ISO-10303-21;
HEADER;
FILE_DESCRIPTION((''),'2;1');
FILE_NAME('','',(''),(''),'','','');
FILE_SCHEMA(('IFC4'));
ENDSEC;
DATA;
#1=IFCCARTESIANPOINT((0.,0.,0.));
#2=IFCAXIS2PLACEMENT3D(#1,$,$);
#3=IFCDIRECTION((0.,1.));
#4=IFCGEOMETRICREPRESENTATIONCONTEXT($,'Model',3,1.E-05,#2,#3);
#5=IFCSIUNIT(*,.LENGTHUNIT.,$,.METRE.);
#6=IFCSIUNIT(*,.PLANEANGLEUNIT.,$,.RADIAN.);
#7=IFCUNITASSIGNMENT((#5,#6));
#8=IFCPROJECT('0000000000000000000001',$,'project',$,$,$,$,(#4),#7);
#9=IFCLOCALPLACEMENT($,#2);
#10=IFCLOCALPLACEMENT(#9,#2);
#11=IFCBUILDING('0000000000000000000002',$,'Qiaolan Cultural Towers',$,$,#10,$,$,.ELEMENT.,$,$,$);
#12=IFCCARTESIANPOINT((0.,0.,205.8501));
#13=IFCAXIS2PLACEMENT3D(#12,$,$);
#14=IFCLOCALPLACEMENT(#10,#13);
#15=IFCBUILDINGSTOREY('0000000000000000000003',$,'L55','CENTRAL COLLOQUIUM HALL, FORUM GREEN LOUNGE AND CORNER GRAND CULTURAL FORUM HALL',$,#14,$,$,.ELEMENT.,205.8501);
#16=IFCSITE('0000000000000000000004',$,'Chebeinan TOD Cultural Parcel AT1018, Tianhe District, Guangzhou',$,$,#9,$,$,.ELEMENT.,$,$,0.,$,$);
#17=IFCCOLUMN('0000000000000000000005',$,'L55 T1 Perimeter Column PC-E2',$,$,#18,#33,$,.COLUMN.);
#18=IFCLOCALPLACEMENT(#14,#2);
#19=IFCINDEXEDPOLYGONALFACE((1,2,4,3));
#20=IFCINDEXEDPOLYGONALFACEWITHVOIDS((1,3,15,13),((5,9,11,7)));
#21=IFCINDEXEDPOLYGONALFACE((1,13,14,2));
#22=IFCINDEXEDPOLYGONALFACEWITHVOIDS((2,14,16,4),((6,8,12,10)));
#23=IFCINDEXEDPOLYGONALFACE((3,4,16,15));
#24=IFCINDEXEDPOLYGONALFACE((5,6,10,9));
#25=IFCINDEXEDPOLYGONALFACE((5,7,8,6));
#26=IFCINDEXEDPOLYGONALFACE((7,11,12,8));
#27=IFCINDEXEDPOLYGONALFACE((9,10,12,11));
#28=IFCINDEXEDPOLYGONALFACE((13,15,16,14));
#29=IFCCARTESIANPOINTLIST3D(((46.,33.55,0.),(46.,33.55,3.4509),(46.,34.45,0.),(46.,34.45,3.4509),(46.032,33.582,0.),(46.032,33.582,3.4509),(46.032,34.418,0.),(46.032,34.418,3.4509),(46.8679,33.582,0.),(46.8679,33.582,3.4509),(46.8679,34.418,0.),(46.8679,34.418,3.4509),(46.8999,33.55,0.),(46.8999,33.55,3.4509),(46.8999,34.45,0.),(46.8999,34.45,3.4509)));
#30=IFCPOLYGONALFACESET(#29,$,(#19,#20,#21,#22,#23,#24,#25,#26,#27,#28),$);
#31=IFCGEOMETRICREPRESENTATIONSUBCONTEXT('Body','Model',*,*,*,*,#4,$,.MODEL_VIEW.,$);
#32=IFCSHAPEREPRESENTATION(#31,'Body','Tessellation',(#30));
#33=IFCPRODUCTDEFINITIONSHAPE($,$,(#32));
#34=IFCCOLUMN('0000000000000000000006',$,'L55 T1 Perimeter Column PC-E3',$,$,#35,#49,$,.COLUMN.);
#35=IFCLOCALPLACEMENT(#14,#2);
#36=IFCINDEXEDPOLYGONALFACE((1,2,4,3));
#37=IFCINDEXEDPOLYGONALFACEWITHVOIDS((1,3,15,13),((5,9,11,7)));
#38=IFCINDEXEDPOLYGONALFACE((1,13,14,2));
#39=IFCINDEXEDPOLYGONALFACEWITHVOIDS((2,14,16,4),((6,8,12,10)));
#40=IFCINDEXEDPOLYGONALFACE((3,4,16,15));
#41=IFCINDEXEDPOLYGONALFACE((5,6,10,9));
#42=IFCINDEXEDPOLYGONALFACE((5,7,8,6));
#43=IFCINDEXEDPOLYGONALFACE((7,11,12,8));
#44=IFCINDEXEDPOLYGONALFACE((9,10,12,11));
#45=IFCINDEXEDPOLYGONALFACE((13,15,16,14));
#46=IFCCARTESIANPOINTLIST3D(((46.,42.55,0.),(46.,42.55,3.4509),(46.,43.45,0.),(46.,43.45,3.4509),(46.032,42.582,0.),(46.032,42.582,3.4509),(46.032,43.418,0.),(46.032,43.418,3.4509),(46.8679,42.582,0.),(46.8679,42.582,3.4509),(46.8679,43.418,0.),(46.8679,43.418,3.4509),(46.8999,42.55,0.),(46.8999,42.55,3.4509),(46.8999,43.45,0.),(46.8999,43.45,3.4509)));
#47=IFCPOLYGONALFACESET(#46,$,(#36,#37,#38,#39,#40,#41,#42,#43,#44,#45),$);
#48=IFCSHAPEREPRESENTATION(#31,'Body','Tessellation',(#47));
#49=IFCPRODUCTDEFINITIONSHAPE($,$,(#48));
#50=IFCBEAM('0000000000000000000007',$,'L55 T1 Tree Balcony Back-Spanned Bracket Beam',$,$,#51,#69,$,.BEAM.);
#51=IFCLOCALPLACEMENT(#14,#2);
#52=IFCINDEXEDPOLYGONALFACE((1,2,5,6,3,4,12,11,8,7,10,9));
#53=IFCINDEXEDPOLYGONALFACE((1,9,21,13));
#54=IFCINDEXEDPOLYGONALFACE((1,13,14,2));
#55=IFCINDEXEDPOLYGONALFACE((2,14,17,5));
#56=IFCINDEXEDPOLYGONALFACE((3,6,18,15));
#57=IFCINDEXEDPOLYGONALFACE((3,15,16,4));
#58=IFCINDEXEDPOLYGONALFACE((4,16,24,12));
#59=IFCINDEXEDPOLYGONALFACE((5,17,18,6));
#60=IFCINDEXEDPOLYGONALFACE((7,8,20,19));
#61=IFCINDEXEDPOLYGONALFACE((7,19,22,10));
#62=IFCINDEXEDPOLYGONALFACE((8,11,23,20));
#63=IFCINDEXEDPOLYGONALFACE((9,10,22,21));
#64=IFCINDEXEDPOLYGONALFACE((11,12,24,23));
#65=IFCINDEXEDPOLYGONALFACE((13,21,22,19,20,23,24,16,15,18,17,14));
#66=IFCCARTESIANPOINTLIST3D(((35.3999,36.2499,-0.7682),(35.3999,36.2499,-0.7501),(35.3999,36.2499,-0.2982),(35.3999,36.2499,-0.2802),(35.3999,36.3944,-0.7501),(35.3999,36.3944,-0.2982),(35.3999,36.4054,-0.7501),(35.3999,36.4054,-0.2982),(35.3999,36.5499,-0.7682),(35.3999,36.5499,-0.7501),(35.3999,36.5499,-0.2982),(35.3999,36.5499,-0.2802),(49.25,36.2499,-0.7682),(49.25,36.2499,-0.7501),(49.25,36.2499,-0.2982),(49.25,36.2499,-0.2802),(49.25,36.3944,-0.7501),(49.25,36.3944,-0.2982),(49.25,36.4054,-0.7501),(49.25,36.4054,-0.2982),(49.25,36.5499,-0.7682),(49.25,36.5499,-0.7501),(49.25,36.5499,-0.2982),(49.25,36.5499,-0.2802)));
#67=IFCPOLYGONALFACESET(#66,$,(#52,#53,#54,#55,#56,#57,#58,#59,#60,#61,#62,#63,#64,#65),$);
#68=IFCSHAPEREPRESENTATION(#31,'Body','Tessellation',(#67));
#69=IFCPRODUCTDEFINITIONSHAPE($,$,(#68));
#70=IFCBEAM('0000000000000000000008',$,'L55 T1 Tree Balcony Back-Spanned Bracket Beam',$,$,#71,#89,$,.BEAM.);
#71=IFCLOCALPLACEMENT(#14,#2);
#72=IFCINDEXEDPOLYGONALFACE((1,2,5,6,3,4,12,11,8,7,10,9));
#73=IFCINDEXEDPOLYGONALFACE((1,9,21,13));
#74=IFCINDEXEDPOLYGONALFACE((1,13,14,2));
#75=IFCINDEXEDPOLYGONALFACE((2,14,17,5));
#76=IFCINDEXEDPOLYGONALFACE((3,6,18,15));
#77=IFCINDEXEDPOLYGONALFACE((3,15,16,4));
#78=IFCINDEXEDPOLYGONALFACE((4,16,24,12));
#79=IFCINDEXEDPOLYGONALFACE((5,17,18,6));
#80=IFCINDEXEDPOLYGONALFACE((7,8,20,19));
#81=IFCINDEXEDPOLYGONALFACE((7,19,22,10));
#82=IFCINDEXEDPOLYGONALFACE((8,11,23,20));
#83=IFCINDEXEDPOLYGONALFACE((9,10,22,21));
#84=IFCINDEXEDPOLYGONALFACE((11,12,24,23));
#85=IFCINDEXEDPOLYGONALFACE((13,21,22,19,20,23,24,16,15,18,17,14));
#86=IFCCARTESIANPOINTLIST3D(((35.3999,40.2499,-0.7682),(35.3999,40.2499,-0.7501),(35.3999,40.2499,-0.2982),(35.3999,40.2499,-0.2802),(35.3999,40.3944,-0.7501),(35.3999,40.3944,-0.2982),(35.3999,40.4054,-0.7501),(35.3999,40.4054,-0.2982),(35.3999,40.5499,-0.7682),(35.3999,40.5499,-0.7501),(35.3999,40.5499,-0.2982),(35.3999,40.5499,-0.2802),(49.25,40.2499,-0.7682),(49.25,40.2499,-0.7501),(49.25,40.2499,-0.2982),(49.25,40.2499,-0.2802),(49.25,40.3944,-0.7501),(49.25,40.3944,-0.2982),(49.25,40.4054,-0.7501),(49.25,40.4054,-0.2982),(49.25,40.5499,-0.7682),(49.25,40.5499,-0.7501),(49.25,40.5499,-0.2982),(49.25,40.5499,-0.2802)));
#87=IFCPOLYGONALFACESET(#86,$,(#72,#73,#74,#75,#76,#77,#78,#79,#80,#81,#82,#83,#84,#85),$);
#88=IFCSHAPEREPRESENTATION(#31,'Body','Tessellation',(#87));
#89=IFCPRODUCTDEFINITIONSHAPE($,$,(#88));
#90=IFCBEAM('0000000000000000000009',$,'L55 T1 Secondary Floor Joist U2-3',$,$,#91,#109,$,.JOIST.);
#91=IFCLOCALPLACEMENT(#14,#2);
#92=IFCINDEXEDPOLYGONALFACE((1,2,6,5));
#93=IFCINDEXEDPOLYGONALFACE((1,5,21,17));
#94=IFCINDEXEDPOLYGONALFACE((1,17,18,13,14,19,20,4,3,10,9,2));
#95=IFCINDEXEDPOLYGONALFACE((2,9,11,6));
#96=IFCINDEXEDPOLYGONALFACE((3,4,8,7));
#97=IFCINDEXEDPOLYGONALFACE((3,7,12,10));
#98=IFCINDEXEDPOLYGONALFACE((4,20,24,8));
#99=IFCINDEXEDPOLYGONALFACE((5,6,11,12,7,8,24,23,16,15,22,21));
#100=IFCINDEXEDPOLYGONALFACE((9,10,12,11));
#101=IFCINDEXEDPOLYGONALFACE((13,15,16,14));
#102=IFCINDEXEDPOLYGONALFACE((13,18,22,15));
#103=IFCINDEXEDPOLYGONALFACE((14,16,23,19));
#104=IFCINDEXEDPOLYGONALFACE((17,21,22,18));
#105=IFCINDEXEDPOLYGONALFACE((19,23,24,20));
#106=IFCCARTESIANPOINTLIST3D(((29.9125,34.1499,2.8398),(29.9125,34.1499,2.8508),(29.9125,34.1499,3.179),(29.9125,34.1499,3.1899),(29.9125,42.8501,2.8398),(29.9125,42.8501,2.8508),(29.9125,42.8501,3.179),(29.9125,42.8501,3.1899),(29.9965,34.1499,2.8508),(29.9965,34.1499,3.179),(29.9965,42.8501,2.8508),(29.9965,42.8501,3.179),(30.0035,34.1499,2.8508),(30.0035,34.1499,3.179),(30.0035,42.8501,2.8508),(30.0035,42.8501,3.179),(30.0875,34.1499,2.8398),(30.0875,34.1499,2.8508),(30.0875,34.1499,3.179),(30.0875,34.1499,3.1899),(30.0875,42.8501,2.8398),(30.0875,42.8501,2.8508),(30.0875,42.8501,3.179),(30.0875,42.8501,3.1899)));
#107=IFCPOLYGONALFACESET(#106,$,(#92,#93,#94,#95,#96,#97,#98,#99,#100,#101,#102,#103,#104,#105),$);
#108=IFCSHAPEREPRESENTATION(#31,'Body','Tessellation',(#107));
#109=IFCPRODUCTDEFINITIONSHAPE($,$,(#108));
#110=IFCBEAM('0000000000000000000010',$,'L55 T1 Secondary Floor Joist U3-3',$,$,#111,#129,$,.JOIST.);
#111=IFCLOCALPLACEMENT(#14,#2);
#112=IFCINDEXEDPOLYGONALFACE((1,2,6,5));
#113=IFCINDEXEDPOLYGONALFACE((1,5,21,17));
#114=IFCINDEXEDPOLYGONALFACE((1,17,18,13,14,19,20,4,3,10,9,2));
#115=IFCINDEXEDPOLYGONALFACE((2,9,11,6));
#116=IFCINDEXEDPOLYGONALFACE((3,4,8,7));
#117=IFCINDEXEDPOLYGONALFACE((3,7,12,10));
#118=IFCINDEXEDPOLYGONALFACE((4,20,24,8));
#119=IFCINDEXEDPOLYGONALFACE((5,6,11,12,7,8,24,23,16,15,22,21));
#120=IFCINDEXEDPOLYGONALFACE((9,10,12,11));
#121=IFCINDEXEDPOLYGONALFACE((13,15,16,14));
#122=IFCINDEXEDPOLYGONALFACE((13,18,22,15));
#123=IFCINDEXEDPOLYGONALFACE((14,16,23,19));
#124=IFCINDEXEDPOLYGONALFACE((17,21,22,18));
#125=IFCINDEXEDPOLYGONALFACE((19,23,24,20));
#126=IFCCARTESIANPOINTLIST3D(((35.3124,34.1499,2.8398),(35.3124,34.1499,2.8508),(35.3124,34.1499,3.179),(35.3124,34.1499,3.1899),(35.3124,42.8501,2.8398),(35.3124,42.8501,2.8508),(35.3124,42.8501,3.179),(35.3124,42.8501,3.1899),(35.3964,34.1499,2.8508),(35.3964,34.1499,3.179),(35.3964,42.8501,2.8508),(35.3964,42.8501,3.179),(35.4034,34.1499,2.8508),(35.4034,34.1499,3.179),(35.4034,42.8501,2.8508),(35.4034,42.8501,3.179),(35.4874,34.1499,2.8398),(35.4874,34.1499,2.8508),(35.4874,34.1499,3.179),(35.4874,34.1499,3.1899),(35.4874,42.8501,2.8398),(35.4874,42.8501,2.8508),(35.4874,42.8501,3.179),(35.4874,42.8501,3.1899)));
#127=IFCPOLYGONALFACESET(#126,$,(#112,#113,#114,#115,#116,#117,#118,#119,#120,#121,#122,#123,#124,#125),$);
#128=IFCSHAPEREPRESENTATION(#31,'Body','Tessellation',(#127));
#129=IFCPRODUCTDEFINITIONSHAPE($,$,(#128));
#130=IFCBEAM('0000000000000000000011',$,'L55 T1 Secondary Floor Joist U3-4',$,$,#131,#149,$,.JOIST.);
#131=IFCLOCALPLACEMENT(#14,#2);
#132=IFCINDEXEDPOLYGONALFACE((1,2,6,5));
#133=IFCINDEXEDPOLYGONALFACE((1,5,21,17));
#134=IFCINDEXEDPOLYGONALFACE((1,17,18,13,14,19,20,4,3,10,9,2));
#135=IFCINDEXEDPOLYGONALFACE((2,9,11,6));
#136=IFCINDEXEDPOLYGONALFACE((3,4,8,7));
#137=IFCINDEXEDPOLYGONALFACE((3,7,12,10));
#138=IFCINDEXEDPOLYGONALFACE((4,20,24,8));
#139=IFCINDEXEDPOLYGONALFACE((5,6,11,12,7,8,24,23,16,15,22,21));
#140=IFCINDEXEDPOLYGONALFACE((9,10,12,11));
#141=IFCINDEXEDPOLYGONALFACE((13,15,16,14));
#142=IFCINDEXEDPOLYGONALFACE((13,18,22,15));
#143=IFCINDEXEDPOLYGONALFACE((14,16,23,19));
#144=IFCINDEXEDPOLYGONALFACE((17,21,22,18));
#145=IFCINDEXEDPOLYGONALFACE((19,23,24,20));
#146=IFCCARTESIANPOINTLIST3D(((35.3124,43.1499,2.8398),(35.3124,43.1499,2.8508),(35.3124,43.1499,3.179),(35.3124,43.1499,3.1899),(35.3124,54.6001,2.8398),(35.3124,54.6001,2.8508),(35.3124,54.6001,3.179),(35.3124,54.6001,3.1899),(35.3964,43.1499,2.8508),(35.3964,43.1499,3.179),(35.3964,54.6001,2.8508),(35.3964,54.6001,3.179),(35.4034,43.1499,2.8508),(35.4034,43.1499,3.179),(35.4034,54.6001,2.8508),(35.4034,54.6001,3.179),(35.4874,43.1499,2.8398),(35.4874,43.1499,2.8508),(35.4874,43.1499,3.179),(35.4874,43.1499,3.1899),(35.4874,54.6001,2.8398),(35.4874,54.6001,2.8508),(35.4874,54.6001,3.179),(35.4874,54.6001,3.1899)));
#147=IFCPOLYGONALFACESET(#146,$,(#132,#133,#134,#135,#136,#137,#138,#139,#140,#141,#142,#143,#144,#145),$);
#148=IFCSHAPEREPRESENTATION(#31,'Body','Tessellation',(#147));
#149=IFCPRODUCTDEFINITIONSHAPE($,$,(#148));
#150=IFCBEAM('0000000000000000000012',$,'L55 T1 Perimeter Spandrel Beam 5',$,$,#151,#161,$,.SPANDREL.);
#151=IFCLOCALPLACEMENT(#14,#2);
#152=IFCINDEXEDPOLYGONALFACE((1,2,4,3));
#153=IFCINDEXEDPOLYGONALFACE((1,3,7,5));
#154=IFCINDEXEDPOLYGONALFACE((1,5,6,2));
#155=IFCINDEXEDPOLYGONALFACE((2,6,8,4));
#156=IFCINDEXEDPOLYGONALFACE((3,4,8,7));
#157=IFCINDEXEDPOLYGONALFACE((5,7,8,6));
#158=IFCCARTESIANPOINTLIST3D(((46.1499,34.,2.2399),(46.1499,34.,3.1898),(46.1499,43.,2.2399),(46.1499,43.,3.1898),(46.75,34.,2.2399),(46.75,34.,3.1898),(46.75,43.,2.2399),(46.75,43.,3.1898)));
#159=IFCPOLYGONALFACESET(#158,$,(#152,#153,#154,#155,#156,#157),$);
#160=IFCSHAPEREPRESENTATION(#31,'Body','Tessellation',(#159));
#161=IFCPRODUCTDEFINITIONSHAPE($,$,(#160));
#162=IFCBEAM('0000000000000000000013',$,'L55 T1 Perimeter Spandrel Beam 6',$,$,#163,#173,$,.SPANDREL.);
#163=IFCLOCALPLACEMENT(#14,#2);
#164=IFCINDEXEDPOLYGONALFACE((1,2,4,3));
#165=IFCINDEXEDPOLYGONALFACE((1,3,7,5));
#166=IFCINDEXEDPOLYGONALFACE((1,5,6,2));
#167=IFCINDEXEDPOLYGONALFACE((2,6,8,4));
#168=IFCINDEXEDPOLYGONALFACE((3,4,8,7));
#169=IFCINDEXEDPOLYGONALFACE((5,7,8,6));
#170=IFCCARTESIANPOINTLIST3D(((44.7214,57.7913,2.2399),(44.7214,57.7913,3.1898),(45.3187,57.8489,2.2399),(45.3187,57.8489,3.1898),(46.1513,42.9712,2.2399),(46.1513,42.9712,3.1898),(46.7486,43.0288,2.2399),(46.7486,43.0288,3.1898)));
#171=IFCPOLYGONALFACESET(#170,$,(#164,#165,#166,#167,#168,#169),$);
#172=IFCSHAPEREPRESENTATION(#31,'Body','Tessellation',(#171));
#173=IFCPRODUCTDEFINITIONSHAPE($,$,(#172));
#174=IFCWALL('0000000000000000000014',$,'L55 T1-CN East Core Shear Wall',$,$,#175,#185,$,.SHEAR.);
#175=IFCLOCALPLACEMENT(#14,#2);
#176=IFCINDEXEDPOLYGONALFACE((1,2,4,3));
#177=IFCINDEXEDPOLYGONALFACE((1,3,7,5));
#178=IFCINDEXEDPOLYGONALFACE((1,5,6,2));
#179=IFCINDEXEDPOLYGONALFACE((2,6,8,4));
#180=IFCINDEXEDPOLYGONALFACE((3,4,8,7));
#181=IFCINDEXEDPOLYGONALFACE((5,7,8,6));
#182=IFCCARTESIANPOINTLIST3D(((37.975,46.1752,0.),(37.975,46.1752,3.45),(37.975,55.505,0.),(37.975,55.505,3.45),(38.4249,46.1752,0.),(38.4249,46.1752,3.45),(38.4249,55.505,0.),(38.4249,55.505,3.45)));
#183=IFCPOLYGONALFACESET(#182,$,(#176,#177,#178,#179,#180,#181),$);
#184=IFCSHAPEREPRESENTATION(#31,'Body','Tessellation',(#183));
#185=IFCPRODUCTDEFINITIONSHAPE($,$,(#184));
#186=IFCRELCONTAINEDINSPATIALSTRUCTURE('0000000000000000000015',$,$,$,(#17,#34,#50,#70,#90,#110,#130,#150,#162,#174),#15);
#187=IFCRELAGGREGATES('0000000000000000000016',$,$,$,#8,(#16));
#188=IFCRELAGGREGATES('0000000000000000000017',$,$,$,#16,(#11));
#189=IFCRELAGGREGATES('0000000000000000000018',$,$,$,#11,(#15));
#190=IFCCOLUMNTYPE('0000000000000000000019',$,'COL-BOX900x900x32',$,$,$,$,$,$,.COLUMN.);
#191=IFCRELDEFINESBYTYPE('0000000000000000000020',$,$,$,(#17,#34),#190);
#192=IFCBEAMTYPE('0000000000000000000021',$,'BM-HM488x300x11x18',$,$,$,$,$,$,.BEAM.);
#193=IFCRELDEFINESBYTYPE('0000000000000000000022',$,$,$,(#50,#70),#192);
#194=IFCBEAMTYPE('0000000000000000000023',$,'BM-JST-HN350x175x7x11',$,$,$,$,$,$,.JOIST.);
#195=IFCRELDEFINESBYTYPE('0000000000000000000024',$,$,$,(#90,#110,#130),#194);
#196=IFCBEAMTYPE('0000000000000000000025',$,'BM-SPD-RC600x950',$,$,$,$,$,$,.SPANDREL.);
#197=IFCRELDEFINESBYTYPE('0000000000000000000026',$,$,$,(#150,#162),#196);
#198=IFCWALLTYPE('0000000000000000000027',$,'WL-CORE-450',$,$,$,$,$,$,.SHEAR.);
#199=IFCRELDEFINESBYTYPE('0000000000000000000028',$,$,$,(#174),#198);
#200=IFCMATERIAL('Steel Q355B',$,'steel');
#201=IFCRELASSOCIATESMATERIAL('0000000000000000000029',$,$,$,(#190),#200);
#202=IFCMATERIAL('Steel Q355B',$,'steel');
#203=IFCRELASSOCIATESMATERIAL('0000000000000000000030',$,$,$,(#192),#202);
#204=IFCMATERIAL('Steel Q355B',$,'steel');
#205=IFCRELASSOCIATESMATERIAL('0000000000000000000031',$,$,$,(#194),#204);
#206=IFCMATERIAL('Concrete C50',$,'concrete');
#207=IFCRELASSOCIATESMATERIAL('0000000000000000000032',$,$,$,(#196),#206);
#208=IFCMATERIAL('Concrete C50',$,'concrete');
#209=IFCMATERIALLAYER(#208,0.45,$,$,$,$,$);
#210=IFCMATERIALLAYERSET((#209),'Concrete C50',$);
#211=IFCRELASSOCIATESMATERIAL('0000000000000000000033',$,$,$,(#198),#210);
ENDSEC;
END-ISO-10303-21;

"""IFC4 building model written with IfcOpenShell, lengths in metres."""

from ifc_helpers import new_model, si_unit, direction, frame, frame_2d, origin, origin_2d, place, context, subcontext, project, spatial, rectangle, hollow_rectangle, i_section, extrude, material, layer, layer_set, material_profile, profile_set, type_object, element, save


model = new_model("IFC4")

# Units and contexts
model_context = context("Model", 3, precision=1e-05, world=origin(), true_north=direction((0.0, 1.0)))
body_context = subcontext(model_context, "Body", "Model", "MODEL_VIEW")
ifc_project = project(units=[si_unit("LENGTHUNIT", "METRE"), si_unit("PLANEANGLEUNIT", "RADIAN")], contexts=[model_context])

# Site, building, storey
site_placement = place(None, origin())
site = spatial("IfcSite", under=ifc_project, at=site_placement, Name="Chebeinan TOD Cultural Parcel AT1018, Tianhe District, Guangzhou", CompositionType="ELEMENT", RefElevation=0.0)
building_placement = place(site_placement, origin())
building = spatial("IfcBuilding", under=site, at=building_placement, Name="Qiaolan Cultural Towers", CompositionType="ELEMENT")
storey_placement = place(building_placement, frame((0.0, 0.0, 205.8501)))
storey = spatial("IfcBuildingStorey", under=building, at=storey_placement, Name="L55", Description="CENTRAL COLLOQUIUM HALL, FORUM GREEN LOUNGE AND CORNER GRAND CULTURAL FORUM HALL", CompositionType="ELEMENT", Elevation=205.8501)

# Columns
ifc_material_1 = material(Name="Steel Q355B", Category="steel")
ifc_material_profile_1 = material_profile(ifc_material_1, hollow_rectangle(XDim=0.8999, YDim=0.8999, WallThickness=0.032, at=origin_2d()), Name="BOX900x900x32")
ifc_profile_set_1 = profile_set([ifc_material_profile_1], Name="Steel Q355B")
column_type = type_object("IfcColumnType", Name="COL-BOX900x900x32", PredefinedType="COLUMN", material=ifc_profile_set_1)
for number, where, z_axis, x_axis, name in (
    (1, (46.45, 34.0, 0.0), (0.0, 0.0, 1.0), (1.0, 0.0, 0.0), "L55 T1 Perimeter Column PC-E2"),
    (2, (46.45, 43.0, 0.0), (0.0, 0.0, 1.0), (1.0, 0.0, 0.0), "L55 T1 Perimeter Column PC-E3"),
):
    element("IfcColumn", number, at=place(storey_placement, frame(where, z_axis=z_axis, x_axis=x_axis)), inside=storey, type_object=column_type, Name=name, PredefinedType="COLUMN", context=body_context, shape_type="SweptSolid", body=[
        extrude(hollow_rectangle(XDim=0.8999, YDim=0.8999, WallThickness=0.032, at=origin_2d()), origin(), (0.0, 0.0, 1.0), 3.4509),
    ])

# Beams
ifc_material_2 = material(Name="Steel Q355B", Category="steel")
ifc_material_profile_2 = material_profile(ifc_material_2, i_section(OverallWidth=0.3, OverallDepth=0.488, WebThickness=0.011, FlangeThickness=0.0181, at=origin_2d()), Name="HM488x300x11x18")
ifc_profile_set_2 = profile_set([ifc_material_profile_2], Name="Steel Q355B")
beam_type_1 = type_object("IfcBeamType", Name="BM-HM488x300x11x18", PredefinedType="BEAM", material=ifc_profile_set_2)
for number, where, z_axis, x_axis, name in (
    (3, (35.3999, 36.3999, -0.5242), (1.0, 0.0, 0.0), (0.0, 1.0, 0.0), "L55 T1 Tree Balcony Back-Spanned Bracket Beam"),
    (4, (35.3999, 40.3999, -0.5242), (1.0, 0.0, 0.0), (0.0, 1.0, 0.0), "L55 T1 Tree Balcony Back-Spanned Bracket Beam"),
):
    element("IfcBeam", number, at=place(storey_placement, frame(where, z_axis=z_axis, x_axis=x_axis)), inside=storey, type_object=beam_type_1, Name=name, PredefinedType="BEAM", context=body_context, shape_type="SweptSolid", body=[
        extrude(i_section(OverallWidth=0.3, OverallDepth=0.488, WebThickness=0.011, FlangeThickness=0.0181, at=origin_2d()), origin(), (0.0, 0.0, 1.0), 13.8501),
    ])
ifc_material_3 = material(Name="Steel Q355B", Category="steel")
ifc_material_profile_3 = material_profile(ifc_material_3, i_section(OverallWidth=0.175, OverallDepth=0.3501, WebThickness=0.0071, FlangeThickness=0.011, at=origin_2d()), Name="HN350x175x7x11")
ifc_profile_set_3 = profile_set([ifc_material_profile_3], Name="Steel Q355B")
beam_type_2 = type_object("IfcBeamType", Name="BM-JST-HN350x175x7x11", PredefinedType="JOIST", material=ifc_profile_set_3)
for number, where, z_axis, x_axis, name in (
    (5, (30.0, 34.1499, 3.0149), (0.0, 1.0, 0.0), (-1.0, 0.0, 0.0), "L55 T1 Secondary Floor Joist U2-3"),
    (6, (35.3999, 34.1499, 3.0149), (0.0, 1.0, 0.0), (-1.0, 0.0, 0.0), "L55 T1 Secondary Floor Joist U3-3"),
):
    element("IfcBeam", number, at=place(storey_placement, frame(where, z_axis=z_axis, x_axis=x_axis)), inside=storey, type_object=beam_type_2, Name=name, PredefinedType="JOIST", context=body_context, shape_type="SweptSolid", body=[
        extrude(i_section(OverallWidth=0.175, OverallDepth=0.3501, WebThickness=0.0071, FlangeThickness=0.011, at=origin_2d()), origin(), (0.0, 0.0, 1.0), 8.7002),
    ])
beam_1_placement = place(storey_placement, frame((35.3999, 43.1499, 3.0149), z_axis=(0.0, 1.0, 0.0), x_axis=(-1.0, 0.0, 0.0)))
element("IfcBeam", 7, at=beam_1_placement, inside=storey, type_object=beam_type_2, Name="L55 T1 Secondary Floor Joist U3-4", PredefinedType="JOIST", context=body_context, shape_type="SweptSolid", body=[
    extrude(i_section(OverallWidth=0.175, OverallDepth=0.3501, WebThickness=0.0071, FlangeThickness=0.011, at=origin_2d()), origin(), (0.0, 0.0, 1.0), 11.4502),
])
ifc_material_4 = material(Name="Concrete C50", Category="concrete")
ifc_material_profile_4 = material_profile(ifc_material_4, rectangle(XDim=0.6001, YDim=0.95, at=origin_2d()), Name="RC600x950")
ifc_profile_set_4 = profile_set([ifc_material_profile_4], Name="Concrete C50")
beam_type_3 = type_object("IfcBeamType", Name="BM-SPD-RC600x950", PredefinedType="SPANDREL", material=ifc_profile_set_4)
beam_2_placement = place(storey_placement, frame((46.45, 34.0, 2.7148), z_axis=(0.0, 1.0, 0.0), x_axis=(-1.0, 0.0, 0.0)))
element("IfcBeam", 8, at=beam_2_placement, inside=storey, type_object=beam_type_3, Name="L55 T1 Perimeter Spandrel Beam 5", PredefinedType="SPANDREL", context=body_context, shape_type="SweptSolid", body=[
    extrude(rectangle(XDim=0.6001, YDim=0.95, at=origin_2d()), origin(), (0.0, 0.0, 1.0), 9.0),
])
beam_3_placement = place(storey_placement, frame((46.45, 43.0, 2.7148), z_axis=(-0.09604, 0.995377, 0.0), x_axis=(-0.995377, -0.09604, 0.0)))
element("IfcBeam", 9, at=beam_3_placement, inside=storey, type_object=beam_type_3, Name="L55 T1 Perimeter Spandrel Beam 6", PredefinedType="SPANDREL", context=body_context, shape_type="SweptSolid", body=[
    extrude(rectangle(XDim=0.6001, YDim=0.95, at=origin_2d()), origin(), (0.0, 0.0, 1.0), 14.8889),
])

# Wall
ifc_material_5 = material(Name="Concrete C50", Category="concrete")
ifc_layer_1 = layer(ifc_material_5, 0.45)
ifc_layer_set_1 = layer_set([ifc_layer_1], Name="Concrete C50")
wall_type_1 = type_object("IfcWallType", Name="WL-CORE-450", PredefinedType="SHEAR", material=ifc_layer_set_1)
wall_1_placement = place(storey_placement, frame((38.2, 46.175, 0.0), z_axis=(0.0, 0.0, 1.0), x_axis=(0.0, 1.0, 0.0)))
element("IfcWall", 10, at=wall_1_placement, inside=storey, type_object=wall_type_1, Name="L55 T1-CN East Core Shear Wall", PredefinedType="SHEAR", context=body_context, shape_type="SweptSolid", body=[
    extrude(rectangle(XDim=9.3298, YDim=0.45, at=frame_2d((4.665, 0.0))), origin(), (0.0, 0.0, 1.0), 3.45),
])

save(model, "model.ifc")
